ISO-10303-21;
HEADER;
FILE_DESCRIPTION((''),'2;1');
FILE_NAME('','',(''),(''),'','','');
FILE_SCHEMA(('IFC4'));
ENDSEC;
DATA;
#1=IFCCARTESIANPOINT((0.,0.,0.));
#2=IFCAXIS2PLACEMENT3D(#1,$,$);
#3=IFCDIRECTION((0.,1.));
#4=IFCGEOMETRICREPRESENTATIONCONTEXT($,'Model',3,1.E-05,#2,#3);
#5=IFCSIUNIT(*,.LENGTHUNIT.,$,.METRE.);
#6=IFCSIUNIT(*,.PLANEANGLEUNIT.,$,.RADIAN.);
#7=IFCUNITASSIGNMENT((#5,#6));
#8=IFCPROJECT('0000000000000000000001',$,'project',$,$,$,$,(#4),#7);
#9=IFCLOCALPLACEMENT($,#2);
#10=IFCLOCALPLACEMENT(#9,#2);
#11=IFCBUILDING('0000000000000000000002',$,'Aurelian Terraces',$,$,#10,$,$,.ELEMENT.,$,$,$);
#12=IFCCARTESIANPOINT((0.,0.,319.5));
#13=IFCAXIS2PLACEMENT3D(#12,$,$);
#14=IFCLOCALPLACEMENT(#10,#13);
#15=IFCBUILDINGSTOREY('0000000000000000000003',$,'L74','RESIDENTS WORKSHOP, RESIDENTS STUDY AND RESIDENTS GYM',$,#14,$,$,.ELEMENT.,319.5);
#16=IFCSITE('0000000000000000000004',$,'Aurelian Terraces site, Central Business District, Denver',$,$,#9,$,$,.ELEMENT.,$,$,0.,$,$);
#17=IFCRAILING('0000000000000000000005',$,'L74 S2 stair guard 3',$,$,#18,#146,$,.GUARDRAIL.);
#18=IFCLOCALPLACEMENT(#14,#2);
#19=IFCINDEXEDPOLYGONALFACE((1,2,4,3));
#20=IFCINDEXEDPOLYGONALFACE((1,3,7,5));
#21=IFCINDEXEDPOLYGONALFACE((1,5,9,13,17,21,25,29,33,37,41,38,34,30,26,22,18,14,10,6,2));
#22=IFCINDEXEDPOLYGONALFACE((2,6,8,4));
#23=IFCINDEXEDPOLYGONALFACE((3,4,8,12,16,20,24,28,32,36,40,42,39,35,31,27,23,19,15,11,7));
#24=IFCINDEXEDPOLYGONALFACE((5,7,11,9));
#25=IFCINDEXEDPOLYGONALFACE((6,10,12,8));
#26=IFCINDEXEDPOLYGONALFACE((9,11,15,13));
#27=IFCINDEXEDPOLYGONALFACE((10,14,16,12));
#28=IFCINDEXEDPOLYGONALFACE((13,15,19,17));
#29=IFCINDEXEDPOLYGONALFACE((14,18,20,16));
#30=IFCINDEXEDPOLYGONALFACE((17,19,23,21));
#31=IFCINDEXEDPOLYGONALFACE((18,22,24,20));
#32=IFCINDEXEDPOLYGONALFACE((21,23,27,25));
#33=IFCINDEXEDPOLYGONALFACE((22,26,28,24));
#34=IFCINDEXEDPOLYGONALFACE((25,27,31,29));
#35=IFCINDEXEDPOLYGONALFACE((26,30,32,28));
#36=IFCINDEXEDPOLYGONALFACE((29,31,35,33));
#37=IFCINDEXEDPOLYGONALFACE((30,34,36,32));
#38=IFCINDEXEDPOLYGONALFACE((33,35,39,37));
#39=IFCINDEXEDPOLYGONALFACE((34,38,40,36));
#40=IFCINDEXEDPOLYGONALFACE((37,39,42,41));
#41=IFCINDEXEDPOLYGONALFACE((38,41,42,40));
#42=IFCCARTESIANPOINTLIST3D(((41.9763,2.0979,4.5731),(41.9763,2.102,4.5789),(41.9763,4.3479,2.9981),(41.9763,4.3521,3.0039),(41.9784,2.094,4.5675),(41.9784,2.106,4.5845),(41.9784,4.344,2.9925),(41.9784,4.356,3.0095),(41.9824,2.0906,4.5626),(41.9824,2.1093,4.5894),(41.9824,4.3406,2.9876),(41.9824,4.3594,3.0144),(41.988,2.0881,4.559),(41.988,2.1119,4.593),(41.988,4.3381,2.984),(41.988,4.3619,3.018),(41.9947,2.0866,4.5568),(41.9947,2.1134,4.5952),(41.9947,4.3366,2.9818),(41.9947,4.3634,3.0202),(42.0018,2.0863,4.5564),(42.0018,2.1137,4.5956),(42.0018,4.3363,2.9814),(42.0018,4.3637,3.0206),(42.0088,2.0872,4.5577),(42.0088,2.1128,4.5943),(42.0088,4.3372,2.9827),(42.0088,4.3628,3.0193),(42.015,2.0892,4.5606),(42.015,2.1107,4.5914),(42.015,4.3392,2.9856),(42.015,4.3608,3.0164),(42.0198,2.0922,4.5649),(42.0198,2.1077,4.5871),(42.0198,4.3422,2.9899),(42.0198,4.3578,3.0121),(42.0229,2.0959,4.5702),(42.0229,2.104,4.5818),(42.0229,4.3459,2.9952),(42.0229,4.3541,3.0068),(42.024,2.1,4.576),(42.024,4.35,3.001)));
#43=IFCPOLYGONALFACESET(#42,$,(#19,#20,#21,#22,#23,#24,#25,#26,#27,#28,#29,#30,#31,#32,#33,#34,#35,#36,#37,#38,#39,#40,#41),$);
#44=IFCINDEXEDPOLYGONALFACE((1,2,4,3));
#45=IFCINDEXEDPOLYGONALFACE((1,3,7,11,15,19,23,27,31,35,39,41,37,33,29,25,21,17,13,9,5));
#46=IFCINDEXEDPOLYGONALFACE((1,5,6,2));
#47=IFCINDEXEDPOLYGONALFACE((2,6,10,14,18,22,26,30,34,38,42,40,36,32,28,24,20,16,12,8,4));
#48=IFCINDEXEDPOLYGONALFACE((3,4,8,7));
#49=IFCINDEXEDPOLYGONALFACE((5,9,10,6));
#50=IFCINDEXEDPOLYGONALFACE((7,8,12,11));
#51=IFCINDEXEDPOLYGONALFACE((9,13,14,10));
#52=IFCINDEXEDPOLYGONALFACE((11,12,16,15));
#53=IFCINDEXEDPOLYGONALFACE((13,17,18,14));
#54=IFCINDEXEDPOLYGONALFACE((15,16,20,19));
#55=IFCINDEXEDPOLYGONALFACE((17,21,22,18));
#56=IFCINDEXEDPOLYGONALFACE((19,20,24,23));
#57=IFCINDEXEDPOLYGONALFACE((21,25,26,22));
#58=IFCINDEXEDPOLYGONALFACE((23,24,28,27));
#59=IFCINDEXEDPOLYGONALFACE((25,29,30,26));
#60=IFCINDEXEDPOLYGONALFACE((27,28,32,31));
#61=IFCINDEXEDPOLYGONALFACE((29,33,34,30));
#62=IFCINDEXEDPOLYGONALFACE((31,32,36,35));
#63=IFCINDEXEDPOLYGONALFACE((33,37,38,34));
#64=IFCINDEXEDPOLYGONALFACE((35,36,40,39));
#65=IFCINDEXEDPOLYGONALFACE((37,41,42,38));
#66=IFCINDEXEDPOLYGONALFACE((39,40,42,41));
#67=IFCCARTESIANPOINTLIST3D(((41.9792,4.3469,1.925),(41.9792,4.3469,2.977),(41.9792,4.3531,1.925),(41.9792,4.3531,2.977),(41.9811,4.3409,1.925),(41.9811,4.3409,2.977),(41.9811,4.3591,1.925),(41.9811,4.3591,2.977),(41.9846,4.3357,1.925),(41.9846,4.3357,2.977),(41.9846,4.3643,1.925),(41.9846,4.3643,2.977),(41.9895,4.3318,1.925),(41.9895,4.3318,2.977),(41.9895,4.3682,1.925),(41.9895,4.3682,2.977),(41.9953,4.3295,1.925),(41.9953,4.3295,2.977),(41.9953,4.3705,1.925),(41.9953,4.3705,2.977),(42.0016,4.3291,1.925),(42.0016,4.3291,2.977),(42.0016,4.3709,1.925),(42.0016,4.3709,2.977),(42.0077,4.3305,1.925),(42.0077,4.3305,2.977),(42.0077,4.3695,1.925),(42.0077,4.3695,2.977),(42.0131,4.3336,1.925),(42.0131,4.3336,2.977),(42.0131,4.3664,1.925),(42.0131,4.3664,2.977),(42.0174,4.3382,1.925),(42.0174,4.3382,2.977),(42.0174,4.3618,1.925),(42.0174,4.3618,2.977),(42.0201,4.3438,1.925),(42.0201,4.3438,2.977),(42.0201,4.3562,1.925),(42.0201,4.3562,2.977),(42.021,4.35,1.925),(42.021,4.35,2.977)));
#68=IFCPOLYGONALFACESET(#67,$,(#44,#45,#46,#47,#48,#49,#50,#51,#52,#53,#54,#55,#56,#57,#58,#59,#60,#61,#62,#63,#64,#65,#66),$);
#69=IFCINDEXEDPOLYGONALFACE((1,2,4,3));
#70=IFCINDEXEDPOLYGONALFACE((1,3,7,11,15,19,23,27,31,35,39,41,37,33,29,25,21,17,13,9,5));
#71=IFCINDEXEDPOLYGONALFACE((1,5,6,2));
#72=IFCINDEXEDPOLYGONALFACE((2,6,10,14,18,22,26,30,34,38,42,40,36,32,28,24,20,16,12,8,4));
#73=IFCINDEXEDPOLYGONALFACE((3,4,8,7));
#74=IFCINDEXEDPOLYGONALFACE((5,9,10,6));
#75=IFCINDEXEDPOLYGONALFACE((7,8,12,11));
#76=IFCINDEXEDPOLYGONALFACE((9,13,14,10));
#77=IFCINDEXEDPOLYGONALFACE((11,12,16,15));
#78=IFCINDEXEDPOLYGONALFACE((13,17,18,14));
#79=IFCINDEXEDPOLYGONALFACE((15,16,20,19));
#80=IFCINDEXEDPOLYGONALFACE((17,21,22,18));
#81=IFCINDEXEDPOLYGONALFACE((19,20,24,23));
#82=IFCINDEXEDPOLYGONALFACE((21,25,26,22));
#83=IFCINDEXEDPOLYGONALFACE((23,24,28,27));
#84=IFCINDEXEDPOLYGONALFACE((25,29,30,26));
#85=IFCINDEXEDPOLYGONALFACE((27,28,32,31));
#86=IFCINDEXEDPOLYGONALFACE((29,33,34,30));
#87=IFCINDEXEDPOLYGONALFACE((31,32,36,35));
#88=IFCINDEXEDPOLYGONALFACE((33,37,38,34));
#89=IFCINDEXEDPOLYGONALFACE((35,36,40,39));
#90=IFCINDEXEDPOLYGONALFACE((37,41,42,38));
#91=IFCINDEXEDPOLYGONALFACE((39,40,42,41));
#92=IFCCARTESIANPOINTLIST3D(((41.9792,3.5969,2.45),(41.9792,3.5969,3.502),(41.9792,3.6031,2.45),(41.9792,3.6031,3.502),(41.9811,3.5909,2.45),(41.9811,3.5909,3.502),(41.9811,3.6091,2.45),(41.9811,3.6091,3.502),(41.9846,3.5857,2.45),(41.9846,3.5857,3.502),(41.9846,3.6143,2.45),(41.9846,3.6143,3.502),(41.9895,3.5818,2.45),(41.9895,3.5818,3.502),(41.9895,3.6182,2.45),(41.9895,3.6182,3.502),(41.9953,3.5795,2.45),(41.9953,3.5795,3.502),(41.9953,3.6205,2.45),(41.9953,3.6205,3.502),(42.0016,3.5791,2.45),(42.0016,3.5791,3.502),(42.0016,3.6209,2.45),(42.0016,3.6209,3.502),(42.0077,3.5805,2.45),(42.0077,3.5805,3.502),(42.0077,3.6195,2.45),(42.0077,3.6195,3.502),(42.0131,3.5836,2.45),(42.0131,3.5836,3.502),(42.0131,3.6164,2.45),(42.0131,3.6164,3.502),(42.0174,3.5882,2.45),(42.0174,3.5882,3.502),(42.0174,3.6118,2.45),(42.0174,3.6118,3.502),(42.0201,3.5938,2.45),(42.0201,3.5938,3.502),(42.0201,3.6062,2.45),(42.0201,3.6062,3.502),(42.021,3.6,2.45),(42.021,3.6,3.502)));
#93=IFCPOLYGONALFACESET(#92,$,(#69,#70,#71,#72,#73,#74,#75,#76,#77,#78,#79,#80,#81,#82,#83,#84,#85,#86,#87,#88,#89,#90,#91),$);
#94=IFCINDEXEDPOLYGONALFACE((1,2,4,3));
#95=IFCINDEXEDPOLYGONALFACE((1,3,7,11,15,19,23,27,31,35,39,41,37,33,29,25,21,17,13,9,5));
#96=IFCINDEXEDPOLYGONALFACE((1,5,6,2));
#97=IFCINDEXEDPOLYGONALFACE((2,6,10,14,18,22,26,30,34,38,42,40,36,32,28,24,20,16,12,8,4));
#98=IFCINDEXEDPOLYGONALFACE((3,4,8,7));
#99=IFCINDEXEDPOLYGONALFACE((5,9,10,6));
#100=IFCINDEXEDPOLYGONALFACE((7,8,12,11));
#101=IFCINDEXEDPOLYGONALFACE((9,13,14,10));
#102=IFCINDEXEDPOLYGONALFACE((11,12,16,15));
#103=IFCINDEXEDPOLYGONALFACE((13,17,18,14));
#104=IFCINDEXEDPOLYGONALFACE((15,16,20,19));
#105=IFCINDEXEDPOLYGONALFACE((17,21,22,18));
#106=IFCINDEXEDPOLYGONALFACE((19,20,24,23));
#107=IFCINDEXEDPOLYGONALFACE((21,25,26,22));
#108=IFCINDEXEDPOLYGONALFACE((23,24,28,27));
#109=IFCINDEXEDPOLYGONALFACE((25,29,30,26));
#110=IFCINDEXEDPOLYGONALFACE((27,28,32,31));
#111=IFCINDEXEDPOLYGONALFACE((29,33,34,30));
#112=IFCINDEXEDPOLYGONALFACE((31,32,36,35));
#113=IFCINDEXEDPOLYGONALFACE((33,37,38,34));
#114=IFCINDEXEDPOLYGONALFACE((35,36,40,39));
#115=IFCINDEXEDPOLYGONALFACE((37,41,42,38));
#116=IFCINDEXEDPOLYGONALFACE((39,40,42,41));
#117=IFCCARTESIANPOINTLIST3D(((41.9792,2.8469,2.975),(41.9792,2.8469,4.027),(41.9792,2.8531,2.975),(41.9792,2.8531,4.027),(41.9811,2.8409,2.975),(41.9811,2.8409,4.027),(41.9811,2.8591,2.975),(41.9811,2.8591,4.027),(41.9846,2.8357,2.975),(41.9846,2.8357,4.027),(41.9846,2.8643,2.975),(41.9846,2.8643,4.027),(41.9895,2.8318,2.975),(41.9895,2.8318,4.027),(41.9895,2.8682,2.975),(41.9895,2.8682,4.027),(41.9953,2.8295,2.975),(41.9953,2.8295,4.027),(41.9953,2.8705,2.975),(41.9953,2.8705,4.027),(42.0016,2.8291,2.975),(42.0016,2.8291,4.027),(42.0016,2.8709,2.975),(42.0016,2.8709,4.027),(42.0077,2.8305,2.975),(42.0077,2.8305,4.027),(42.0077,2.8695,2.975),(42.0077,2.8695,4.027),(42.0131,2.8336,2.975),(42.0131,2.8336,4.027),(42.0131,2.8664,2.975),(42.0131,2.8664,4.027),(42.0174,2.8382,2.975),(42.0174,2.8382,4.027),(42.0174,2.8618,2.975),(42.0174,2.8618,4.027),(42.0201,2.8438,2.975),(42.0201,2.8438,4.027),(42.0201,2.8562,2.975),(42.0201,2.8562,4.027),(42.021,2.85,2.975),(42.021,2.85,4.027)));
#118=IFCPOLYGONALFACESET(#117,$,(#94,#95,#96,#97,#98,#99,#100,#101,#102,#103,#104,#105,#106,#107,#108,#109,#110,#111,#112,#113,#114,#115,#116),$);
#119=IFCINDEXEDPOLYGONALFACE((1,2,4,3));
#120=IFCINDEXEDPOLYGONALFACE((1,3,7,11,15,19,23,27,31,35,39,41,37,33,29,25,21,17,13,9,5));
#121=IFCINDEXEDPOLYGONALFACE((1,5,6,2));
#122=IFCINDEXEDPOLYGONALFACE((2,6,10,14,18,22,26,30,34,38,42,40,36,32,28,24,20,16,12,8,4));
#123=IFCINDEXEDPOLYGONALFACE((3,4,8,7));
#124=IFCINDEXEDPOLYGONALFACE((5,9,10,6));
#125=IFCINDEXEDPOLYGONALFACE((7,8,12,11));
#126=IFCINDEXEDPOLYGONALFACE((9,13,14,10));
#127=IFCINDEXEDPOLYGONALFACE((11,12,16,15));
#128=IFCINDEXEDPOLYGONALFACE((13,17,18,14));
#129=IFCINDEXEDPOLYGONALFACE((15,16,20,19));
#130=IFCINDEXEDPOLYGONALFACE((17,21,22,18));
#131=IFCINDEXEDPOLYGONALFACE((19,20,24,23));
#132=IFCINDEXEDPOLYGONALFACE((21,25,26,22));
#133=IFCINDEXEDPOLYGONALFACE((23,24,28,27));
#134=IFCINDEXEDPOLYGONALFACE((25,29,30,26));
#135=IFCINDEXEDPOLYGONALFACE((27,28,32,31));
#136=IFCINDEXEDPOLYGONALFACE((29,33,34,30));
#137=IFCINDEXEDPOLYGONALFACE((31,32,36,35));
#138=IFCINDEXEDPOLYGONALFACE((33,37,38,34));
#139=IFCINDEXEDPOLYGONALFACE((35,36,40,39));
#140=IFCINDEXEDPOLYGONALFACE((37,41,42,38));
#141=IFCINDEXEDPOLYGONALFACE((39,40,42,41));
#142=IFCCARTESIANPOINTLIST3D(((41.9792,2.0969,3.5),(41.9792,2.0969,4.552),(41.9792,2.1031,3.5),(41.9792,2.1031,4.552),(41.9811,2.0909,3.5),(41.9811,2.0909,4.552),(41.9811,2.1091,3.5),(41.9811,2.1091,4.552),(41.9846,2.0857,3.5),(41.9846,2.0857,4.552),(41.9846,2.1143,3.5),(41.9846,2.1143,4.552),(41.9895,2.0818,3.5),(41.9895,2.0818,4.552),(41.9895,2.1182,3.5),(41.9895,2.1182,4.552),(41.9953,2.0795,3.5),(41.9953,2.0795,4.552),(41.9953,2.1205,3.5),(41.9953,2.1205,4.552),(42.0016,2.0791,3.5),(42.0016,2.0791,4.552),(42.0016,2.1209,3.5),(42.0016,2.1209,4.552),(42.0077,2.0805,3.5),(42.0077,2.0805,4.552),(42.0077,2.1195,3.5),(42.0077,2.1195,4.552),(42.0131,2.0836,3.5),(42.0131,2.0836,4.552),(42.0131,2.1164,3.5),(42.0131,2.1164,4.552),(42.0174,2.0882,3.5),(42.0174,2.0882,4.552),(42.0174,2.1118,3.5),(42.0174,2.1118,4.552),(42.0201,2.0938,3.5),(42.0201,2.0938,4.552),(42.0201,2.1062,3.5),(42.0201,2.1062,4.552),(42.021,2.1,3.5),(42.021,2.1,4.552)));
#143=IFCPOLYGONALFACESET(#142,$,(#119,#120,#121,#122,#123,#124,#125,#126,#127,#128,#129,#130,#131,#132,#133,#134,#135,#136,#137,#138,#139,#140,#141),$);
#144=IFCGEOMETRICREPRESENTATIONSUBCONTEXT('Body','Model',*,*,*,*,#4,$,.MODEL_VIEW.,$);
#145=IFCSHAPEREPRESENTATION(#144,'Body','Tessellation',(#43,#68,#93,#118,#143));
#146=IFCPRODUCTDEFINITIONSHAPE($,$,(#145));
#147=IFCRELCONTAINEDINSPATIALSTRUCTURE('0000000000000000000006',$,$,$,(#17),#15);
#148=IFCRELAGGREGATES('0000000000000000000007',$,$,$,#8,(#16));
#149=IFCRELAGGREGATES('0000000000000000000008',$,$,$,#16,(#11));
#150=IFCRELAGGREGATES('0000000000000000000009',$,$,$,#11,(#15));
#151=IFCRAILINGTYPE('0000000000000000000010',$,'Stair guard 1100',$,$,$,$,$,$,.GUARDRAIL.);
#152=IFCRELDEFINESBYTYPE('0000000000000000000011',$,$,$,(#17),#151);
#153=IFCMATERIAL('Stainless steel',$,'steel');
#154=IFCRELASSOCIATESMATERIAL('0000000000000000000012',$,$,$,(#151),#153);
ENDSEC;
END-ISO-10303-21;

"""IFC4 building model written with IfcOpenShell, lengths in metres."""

from ifc_helpers import new_model, si_unit, direction, frame, origin, origin_2d, place, context, subcontext, project, spatial, circle, extrude, source, transform, mapped, material, type_object, element, save


model = new_model("IFC4")

# Units and contexts
model_context = context("Model", 3, precision=1e-05, world=origin(), true_north=direction((0.0, 1.0)))
body_context = subcontext(model_context, "Body", "Model", "MODEL_VIEW")
ifc_project = project(units=[si_unit("LENGTHUNIT", "METRE"), si_unit("PLANEANGLEUNIT", "RADIAN")], contexts=[model_context])

# Site, building, storey
site_placement = place(None, origin())
site = spatial("IfcSite", under=ifc_project, at=site_placement, Name="Aurelian Terraces site, Central Business District, Denver", CompositionType="ELEMENT", RefElevation=0.0)
building_placement = place(site_placement, origin())
building = spatial("IfcBuilding", under=site, at=building_placement, Name="Aurelian Terraces", CompositionType="ELEMENT")
storey_placement = place(building_placement, frame((0.0, 0.0, 319.5)))
storey = spatial("IfcBuildingStorey", under=building, at=storey_placement, Name="L74", Description="RESIDENTS WORKSHOP, RESIDENTS STUDY AND RESIDENTS GYM", CompositionType="ELEMENT", Elevation=319.5)

# Railing
ifc_material_1 = material(Name="Stainless steel", Category="steel")
railing_type_1 = type_object("IfcRailingType", Name="Stair guard 1100", PredefinedType="GUARDRAIL", material=ifc_material_1)
shared_shape_1 = source(origin(), body_context, "Body", "SweptSolid", [
    extrude(circle(Radius=0.024, at=origin_2d()), frame((0.0, 0.0, 1.076), z_axis=(0.0, -0.819232, 0.573462), x_axis=(1.0, 0.0, 0.0)), (0.0, 0.0, 1.0), 2.7465),
    extrude(circle(Radius=0.021, at=origin_2d()), origin(), (0.0, 0.0, 1.0), 1.052),
    extrude(circle(Radius=0.021, at=origin_2d()), frame((0.0, -0.75, 0.525)), (0.0, 0.0, 1.0), 1.052),
    extrude(circle(Radius=0.021, at=origin_2d()), frame((0.0, -1.5, 1.05)), (0.0, 0.0, 1.0), 1.052),
    extrude(circle(Radius=0.021, at=origin_2d()), frame((0.0, -2.25, 1.575)), (0.0, 0.0, 1.0), 1.052),
])
railing_1_placement = place(storey_placement, frame((42.0, 4.35, 1.925)))
element("IfcRailing", 1, at=railing_1_placement, inside=storey, type_object=railing_type_1, Name="L74 S2 stair guard 3", PredefinedType="GUARDRAIL", context=body_context, shape_type="MappedRepresentation", body=[
    mapped(shared_shape_1, transform((0.0, 0.0, 0.0), scale=1.0)),
])

save(model, "model.ifc")
